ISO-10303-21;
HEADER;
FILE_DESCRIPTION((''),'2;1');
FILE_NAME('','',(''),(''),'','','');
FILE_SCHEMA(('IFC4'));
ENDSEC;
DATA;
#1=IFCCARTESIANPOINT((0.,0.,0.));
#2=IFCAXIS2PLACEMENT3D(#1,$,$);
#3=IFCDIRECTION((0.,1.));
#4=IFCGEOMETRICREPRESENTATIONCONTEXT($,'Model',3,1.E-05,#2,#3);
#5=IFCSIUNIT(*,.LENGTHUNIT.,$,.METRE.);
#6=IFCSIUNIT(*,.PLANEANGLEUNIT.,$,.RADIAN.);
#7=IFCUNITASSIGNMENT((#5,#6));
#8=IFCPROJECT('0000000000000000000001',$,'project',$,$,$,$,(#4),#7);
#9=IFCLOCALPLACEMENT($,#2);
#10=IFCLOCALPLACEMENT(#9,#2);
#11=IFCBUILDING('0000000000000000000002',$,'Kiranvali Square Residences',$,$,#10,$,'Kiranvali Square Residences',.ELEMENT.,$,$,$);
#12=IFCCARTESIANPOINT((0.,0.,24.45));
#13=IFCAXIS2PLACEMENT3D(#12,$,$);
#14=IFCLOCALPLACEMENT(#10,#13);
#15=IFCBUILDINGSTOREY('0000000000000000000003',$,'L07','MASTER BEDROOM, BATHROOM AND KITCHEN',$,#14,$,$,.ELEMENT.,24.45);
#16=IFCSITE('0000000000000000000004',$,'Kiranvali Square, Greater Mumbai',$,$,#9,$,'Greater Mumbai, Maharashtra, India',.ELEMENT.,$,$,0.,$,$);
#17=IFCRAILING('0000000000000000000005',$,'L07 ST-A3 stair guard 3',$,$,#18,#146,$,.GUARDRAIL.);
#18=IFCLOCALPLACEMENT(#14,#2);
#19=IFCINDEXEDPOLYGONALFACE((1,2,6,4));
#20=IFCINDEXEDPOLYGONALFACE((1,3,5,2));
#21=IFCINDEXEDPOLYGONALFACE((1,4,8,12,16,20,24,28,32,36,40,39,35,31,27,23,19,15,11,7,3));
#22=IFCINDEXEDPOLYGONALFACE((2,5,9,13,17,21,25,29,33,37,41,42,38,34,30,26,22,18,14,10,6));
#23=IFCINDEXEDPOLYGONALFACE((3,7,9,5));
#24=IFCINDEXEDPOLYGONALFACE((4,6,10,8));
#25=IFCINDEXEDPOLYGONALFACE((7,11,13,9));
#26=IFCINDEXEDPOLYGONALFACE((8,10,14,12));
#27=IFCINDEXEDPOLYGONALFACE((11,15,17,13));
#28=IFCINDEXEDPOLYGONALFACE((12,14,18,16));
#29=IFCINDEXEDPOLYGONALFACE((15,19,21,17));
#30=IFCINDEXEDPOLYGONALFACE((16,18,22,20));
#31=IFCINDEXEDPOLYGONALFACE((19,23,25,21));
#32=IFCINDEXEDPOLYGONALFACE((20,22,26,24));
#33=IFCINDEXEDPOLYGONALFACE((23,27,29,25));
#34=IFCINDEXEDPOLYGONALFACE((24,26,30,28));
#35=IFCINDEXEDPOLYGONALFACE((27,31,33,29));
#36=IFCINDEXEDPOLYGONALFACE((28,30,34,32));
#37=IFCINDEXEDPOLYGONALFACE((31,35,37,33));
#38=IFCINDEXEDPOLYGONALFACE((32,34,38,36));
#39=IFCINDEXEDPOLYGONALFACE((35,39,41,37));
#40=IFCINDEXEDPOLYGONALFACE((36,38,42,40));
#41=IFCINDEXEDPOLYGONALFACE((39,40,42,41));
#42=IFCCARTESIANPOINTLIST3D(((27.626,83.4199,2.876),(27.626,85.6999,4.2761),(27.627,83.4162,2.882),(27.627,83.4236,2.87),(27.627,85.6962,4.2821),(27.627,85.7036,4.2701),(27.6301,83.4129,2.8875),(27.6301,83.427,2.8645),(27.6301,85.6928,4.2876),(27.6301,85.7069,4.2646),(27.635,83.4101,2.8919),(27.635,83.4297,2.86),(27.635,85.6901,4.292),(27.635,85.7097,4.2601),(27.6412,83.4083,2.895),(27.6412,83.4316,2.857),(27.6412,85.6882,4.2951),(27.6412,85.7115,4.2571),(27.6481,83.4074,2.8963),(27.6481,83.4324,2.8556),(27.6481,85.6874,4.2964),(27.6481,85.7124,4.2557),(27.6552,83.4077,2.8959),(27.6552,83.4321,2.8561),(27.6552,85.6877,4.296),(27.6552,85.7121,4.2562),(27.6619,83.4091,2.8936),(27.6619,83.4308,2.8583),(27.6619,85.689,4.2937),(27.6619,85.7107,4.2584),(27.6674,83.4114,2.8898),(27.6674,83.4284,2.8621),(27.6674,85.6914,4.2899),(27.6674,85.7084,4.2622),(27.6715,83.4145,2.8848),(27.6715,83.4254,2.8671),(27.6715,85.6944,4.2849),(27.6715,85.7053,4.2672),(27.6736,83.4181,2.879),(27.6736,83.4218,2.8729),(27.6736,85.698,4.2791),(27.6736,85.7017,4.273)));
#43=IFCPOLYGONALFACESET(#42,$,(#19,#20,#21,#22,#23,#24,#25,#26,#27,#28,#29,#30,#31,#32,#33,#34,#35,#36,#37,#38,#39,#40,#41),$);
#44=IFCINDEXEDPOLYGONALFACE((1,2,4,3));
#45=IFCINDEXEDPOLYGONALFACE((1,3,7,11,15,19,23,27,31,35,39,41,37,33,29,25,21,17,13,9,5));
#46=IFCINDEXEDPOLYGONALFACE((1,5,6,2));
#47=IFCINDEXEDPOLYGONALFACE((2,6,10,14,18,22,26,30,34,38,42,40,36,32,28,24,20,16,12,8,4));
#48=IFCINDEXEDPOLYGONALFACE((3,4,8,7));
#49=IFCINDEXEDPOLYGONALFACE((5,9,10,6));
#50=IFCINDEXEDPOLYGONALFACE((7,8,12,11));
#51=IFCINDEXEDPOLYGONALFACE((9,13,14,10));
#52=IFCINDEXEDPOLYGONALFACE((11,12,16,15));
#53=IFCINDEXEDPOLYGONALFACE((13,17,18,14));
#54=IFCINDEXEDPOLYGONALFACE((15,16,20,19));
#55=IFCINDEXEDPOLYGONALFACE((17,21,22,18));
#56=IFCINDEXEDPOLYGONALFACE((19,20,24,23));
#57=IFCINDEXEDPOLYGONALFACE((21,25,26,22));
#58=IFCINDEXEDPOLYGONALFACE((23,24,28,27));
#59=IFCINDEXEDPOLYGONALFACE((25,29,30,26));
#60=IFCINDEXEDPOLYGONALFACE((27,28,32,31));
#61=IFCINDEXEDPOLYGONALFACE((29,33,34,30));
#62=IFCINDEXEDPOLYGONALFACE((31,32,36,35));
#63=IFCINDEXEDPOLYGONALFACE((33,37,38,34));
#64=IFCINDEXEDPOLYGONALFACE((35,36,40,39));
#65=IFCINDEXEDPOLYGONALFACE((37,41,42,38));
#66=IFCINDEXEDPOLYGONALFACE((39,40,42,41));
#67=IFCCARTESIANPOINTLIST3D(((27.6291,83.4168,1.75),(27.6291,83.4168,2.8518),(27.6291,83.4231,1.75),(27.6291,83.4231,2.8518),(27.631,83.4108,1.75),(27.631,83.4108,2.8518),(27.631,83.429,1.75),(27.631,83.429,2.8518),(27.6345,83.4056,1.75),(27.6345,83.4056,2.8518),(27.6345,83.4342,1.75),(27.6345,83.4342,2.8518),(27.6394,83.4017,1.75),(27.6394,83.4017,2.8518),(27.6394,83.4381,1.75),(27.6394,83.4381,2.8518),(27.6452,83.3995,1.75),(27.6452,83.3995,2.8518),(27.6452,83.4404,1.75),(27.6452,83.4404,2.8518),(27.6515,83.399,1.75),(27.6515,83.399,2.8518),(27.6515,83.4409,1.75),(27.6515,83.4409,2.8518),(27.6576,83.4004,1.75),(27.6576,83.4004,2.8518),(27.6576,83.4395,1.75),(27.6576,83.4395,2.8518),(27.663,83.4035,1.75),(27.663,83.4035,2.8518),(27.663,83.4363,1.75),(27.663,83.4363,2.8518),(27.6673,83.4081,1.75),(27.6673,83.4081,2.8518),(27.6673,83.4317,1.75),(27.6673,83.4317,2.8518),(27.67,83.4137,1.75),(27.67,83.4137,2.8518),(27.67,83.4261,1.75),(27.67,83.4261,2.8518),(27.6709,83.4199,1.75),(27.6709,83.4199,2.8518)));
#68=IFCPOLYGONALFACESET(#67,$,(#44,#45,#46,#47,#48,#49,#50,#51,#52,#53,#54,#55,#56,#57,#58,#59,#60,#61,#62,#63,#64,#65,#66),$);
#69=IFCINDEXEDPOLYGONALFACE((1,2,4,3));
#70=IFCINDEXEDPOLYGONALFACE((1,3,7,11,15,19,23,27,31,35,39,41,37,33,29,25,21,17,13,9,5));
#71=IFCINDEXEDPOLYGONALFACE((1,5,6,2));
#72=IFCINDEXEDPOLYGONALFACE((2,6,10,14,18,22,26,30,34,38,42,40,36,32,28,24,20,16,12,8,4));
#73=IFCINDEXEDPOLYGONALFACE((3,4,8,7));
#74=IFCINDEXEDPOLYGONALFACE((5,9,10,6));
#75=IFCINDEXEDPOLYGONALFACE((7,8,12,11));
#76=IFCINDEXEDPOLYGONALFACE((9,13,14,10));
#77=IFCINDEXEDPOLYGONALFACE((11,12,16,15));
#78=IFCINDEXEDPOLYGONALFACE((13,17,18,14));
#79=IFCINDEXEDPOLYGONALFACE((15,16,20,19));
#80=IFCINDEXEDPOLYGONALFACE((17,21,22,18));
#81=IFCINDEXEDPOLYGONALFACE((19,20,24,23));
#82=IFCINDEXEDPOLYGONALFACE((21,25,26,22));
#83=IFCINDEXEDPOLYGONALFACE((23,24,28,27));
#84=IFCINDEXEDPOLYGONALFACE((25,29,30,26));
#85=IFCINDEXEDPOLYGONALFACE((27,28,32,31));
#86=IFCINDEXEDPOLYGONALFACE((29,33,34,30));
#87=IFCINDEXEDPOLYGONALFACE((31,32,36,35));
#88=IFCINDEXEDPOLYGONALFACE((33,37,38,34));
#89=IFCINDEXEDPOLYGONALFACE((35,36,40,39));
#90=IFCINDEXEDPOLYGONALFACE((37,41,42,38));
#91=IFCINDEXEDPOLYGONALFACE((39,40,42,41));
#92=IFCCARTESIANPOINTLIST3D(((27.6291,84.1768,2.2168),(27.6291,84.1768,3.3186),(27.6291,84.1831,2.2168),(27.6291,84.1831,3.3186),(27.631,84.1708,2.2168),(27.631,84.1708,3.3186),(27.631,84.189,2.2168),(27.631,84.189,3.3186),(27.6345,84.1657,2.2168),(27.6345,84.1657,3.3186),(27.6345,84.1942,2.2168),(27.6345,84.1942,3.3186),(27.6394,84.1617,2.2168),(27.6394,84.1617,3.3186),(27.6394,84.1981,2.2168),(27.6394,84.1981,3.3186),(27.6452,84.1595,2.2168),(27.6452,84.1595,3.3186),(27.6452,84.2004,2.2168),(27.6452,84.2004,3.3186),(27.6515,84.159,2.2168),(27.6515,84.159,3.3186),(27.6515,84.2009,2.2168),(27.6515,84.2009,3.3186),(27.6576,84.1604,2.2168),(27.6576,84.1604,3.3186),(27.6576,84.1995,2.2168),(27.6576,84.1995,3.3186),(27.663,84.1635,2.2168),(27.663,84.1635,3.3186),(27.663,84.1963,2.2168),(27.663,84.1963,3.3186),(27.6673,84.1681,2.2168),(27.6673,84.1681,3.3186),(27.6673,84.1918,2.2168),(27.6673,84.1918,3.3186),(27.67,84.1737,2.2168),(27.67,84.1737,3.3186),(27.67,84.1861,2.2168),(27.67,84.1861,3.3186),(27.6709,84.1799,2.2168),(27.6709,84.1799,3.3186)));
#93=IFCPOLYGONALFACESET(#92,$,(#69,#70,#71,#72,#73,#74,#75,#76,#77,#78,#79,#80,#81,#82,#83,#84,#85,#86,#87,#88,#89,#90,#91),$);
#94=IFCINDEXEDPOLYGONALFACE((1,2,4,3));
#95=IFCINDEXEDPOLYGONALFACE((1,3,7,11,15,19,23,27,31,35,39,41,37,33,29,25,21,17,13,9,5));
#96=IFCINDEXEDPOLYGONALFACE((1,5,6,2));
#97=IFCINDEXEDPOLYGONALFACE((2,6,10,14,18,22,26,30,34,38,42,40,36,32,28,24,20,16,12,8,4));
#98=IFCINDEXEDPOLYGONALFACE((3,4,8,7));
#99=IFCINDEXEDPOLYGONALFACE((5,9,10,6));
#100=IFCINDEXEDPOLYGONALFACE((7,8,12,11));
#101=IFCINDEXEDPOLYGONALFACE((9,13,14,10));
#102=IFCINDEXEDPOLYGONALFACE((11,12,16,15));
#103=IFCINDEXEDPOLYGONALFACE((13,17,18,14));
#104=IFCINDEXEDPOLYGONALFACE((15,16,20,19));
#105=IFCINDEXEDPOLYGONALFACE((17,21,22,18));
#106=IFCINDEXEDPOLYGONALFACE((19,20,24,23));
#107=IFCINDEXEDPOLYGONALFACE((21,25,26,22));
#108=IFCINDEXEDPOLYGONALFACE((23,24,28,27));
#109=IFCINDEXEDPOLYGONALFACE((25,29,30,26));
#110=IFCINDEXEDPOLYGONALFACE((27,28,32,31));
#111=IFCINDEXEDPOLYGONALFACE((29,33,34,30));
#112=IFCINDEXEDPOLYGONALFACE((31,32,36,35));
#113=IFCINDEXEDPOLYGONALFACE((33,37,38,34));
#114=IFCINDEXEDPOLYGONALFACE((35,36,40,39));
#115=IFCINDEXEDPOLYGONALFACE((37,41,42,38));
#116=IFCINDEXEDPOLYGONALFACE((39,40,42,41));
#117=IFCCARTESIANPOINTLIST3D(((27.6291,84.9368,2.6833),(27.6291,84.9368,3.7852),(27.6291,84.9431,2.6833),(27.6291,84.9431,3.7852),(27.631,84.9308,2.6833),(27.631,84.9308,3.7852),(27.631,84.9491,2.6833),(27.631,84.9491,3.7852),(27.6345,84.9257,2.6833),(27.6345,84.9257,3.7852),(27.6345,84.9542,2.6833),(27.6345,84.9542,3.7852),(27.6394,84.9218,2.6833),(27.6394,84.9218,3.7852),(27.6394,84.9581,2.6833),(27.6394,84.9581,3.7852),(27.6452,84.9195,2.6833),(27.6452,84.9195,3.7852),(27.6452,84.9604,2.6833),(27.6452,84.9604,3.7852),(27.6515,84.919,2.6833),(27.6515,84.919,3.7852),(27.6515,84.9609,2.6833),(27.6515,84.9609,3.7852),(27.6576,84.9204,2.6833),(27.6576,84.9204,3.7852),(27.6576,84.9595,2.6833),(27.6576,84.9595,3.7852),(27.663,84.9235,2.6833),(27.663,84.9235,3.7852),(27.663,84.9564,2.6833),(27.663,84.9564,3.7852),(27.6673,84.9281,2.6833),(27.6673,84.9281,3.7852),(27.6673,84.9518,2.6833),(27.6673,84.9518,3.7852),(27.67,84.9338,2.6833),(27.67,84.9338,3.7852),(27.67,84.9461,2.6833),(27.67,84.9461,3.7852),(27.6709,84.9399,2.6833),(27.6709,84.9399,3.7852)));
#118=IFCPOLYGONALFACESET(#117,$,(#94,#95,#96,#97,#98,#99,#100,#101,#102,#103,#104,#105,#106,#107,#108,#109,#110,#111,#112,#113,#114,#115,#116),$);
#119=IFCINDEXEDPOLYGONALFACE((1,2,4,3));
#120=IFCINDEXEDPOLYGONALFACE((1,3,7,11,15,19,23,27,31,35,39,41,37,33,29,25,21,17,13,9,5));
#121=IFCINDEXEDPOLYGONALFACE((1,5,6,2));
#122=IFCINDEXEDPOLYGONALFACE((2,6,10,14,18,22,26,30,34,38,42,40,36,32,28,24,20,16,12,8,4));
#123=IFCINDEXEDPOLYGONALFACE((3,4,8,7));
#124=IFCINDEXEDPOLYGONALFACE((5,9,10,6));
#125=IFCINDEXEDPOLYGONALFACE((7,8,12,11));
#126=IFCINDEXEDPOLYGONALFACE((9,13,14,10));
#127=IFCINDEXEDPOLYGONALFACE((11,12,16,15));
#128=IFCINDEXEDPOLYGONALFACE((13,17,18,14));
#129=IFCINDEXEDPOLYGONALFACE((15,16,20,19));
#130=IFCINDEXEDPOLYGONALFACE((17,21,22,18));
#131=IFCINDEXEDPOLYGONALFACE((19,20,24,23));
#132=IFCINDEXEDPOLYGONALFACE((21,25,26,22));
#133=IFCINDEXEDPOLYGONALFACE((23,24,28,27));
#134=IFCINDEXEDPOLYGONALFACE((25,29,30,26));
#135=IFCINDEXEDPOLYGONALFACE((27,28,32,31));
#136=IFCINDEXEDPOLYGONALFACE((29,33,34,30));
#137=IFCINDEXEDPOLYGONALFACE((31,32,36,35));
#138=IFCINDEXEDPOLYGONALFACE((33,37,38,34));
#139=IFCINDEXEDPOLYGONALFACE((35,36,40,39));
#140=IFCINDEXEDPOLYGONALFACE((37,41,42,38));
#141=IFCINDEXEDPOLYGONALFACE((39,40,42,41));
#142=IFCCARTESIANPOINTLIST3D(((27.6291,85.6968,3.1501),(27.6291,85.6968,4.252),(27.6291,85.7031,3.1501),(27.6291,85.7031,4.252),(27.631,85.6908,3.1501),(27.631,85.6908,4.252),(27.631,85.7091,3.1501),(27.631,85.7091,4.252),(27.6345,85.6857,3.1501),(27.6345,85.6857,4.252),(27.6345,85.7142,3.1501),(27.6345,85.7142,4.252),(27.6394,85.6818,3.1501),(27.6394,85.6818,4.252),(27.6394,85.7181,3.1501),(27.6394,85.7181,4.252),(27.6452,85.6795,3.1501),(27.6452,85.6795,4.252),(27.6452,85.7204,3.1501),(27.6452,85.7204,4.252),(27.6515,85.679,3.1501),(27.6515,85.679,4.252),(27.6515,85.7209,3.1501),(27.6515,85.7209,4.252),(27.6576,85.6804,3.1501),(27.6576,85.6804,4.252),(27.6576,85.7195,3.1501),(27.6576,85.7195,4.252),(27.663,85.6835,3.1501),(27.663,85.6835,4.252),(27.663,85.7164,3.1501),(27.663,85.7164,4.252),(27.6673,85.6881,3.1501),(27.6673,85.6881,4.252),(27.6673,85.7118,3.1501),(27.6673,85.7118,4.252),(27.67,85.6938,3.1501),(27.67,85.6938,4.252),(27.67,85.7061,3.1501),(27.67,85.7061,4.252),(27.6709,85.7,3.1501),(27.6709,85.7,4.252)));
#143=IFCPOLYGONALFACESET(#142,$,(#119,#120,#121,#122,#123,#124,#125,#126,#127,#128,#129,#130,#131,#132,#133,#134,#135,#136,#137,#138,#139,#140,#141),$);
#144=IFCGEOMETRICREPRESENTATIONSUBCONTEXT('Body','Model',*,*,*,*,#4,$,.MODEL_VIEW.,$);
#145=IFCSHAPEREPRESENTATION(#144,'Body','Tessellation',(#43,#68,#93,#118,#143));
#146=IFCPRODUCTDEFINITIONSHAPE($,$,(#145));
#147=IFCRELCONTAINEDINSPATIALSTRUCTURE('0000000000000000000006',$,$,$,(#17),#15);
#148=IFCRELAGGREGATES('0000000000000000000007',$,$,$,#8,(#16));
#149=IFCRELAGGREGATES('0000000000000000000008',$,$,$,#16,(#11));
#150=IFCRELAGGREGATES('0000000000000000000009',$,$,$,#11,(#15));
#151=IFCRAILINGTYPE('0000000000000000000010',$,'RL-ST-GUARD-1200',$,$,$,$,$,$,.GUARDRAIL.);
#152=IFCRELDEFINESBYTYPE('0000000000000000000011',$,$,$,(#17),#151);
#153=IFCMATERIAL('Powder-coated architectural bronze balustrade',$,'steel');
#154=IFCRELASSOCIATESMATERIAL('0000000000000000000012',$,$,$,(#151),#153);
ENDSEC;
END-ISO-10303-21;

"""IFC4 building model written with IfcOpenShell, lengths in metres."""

from ifc_helpers import new_model, si_unit, direction, frame, origin, origin_2d, place, context, subcontext, project, spatial, circle, extrude, material, type_object, element, save


model = new_model("IFC4")

# Units and contexts
model_context = context("Model", 3, precision=1e-05, world=origin(), true_north=direction((0.0, 1.0)))
body_context = subcontext(model_context, "Body", "Model", "MODEL_VIEW")
ifc_project = project(units=[si_unit("LENGTHUNIT", "METRE"), si_unit("PLANEANGLEUNIT", "RADIAN")], contexts=[model_context])

# Site, building, storey
site_placement = place(None, origin())
site = spatial("IfcSite", under=ifc_project, at=site_placement, Name="Kiranvali Square, Greater Mumbai", LongName="Greater Mumbai, Maharashtra, India", CompositionType="ELEMENT", RefElevation=0.0)
building_placement = place(site_placement, origin())
building = spatial("IfcBuilding", under=site, at=building_placement, Name="Kiranvali Square Residences", LongName="Kiranvali Square Residences", CompositionType="ELEMENT")
storey_placement = place(building_placement, frame((0.0, 0.0, 24.45)))
storey = spatial("IfcBuildingStorey", under=building, at=storey_placement, Name="L07", Description="MASTER BEDROOM, BATHROOM AND KITCHEN", CompositionType="ELEMENT", Elevation=24.45)

# Railing
ifc_material_1 = material(Name="Powder-coated architectural bronze balustrade", Category="steel")
railing_type_1 = type_object("IfcRailingType", Name="RL-ST-GUARD-1200", PredefinedType="GUARDRAIL", material=ifc_material_1)
railing_1_placement = place(storey_placement, frame((27.6499, 83.4199, 1.75)))
element("IfcRailing", 1, at=railing_1_placement, inside=storey, type_object=railing_type_1, Name="L07 ST-A3 stair guard 3", PredefinedType="GUARDRAIL", context=body_context, shape_type="SweptSolid", body=[
    extrude(circle(Radius=0.0239, at=origin_2d()), frame((0.0, 0.0, 1.126), z_axis=(0.0, 0.85215, 0.523298), x_axis=(-1.0, 0.0, 0.0)), (0.0, 0.0, 1.0), 2.6755),
    extrude(circle(Radius=0.021, at=origin_2d()), origin(), (0.0, 0.0, 1.0), 1.1018),
    extrude(circle(Radius=0.021, at=origin_2d()), frame((0.0, 0.76, 0.4668)), (0.0, 0.0, 1.0), 1.1018),
    extrude(circle(Radius=0.021, at=origin_2d()), frame((0.0, 1.52, 0.9333)), (0.0, 0.0, 1.0), 1.1018),
    extrude(circle(Radius=0.021, at=origin_2d()), frame((0.0, 2.28, 1.4001)), (0.0, 0.0, 1.0), 1.1018),
])

save(model, "model.ifc")
